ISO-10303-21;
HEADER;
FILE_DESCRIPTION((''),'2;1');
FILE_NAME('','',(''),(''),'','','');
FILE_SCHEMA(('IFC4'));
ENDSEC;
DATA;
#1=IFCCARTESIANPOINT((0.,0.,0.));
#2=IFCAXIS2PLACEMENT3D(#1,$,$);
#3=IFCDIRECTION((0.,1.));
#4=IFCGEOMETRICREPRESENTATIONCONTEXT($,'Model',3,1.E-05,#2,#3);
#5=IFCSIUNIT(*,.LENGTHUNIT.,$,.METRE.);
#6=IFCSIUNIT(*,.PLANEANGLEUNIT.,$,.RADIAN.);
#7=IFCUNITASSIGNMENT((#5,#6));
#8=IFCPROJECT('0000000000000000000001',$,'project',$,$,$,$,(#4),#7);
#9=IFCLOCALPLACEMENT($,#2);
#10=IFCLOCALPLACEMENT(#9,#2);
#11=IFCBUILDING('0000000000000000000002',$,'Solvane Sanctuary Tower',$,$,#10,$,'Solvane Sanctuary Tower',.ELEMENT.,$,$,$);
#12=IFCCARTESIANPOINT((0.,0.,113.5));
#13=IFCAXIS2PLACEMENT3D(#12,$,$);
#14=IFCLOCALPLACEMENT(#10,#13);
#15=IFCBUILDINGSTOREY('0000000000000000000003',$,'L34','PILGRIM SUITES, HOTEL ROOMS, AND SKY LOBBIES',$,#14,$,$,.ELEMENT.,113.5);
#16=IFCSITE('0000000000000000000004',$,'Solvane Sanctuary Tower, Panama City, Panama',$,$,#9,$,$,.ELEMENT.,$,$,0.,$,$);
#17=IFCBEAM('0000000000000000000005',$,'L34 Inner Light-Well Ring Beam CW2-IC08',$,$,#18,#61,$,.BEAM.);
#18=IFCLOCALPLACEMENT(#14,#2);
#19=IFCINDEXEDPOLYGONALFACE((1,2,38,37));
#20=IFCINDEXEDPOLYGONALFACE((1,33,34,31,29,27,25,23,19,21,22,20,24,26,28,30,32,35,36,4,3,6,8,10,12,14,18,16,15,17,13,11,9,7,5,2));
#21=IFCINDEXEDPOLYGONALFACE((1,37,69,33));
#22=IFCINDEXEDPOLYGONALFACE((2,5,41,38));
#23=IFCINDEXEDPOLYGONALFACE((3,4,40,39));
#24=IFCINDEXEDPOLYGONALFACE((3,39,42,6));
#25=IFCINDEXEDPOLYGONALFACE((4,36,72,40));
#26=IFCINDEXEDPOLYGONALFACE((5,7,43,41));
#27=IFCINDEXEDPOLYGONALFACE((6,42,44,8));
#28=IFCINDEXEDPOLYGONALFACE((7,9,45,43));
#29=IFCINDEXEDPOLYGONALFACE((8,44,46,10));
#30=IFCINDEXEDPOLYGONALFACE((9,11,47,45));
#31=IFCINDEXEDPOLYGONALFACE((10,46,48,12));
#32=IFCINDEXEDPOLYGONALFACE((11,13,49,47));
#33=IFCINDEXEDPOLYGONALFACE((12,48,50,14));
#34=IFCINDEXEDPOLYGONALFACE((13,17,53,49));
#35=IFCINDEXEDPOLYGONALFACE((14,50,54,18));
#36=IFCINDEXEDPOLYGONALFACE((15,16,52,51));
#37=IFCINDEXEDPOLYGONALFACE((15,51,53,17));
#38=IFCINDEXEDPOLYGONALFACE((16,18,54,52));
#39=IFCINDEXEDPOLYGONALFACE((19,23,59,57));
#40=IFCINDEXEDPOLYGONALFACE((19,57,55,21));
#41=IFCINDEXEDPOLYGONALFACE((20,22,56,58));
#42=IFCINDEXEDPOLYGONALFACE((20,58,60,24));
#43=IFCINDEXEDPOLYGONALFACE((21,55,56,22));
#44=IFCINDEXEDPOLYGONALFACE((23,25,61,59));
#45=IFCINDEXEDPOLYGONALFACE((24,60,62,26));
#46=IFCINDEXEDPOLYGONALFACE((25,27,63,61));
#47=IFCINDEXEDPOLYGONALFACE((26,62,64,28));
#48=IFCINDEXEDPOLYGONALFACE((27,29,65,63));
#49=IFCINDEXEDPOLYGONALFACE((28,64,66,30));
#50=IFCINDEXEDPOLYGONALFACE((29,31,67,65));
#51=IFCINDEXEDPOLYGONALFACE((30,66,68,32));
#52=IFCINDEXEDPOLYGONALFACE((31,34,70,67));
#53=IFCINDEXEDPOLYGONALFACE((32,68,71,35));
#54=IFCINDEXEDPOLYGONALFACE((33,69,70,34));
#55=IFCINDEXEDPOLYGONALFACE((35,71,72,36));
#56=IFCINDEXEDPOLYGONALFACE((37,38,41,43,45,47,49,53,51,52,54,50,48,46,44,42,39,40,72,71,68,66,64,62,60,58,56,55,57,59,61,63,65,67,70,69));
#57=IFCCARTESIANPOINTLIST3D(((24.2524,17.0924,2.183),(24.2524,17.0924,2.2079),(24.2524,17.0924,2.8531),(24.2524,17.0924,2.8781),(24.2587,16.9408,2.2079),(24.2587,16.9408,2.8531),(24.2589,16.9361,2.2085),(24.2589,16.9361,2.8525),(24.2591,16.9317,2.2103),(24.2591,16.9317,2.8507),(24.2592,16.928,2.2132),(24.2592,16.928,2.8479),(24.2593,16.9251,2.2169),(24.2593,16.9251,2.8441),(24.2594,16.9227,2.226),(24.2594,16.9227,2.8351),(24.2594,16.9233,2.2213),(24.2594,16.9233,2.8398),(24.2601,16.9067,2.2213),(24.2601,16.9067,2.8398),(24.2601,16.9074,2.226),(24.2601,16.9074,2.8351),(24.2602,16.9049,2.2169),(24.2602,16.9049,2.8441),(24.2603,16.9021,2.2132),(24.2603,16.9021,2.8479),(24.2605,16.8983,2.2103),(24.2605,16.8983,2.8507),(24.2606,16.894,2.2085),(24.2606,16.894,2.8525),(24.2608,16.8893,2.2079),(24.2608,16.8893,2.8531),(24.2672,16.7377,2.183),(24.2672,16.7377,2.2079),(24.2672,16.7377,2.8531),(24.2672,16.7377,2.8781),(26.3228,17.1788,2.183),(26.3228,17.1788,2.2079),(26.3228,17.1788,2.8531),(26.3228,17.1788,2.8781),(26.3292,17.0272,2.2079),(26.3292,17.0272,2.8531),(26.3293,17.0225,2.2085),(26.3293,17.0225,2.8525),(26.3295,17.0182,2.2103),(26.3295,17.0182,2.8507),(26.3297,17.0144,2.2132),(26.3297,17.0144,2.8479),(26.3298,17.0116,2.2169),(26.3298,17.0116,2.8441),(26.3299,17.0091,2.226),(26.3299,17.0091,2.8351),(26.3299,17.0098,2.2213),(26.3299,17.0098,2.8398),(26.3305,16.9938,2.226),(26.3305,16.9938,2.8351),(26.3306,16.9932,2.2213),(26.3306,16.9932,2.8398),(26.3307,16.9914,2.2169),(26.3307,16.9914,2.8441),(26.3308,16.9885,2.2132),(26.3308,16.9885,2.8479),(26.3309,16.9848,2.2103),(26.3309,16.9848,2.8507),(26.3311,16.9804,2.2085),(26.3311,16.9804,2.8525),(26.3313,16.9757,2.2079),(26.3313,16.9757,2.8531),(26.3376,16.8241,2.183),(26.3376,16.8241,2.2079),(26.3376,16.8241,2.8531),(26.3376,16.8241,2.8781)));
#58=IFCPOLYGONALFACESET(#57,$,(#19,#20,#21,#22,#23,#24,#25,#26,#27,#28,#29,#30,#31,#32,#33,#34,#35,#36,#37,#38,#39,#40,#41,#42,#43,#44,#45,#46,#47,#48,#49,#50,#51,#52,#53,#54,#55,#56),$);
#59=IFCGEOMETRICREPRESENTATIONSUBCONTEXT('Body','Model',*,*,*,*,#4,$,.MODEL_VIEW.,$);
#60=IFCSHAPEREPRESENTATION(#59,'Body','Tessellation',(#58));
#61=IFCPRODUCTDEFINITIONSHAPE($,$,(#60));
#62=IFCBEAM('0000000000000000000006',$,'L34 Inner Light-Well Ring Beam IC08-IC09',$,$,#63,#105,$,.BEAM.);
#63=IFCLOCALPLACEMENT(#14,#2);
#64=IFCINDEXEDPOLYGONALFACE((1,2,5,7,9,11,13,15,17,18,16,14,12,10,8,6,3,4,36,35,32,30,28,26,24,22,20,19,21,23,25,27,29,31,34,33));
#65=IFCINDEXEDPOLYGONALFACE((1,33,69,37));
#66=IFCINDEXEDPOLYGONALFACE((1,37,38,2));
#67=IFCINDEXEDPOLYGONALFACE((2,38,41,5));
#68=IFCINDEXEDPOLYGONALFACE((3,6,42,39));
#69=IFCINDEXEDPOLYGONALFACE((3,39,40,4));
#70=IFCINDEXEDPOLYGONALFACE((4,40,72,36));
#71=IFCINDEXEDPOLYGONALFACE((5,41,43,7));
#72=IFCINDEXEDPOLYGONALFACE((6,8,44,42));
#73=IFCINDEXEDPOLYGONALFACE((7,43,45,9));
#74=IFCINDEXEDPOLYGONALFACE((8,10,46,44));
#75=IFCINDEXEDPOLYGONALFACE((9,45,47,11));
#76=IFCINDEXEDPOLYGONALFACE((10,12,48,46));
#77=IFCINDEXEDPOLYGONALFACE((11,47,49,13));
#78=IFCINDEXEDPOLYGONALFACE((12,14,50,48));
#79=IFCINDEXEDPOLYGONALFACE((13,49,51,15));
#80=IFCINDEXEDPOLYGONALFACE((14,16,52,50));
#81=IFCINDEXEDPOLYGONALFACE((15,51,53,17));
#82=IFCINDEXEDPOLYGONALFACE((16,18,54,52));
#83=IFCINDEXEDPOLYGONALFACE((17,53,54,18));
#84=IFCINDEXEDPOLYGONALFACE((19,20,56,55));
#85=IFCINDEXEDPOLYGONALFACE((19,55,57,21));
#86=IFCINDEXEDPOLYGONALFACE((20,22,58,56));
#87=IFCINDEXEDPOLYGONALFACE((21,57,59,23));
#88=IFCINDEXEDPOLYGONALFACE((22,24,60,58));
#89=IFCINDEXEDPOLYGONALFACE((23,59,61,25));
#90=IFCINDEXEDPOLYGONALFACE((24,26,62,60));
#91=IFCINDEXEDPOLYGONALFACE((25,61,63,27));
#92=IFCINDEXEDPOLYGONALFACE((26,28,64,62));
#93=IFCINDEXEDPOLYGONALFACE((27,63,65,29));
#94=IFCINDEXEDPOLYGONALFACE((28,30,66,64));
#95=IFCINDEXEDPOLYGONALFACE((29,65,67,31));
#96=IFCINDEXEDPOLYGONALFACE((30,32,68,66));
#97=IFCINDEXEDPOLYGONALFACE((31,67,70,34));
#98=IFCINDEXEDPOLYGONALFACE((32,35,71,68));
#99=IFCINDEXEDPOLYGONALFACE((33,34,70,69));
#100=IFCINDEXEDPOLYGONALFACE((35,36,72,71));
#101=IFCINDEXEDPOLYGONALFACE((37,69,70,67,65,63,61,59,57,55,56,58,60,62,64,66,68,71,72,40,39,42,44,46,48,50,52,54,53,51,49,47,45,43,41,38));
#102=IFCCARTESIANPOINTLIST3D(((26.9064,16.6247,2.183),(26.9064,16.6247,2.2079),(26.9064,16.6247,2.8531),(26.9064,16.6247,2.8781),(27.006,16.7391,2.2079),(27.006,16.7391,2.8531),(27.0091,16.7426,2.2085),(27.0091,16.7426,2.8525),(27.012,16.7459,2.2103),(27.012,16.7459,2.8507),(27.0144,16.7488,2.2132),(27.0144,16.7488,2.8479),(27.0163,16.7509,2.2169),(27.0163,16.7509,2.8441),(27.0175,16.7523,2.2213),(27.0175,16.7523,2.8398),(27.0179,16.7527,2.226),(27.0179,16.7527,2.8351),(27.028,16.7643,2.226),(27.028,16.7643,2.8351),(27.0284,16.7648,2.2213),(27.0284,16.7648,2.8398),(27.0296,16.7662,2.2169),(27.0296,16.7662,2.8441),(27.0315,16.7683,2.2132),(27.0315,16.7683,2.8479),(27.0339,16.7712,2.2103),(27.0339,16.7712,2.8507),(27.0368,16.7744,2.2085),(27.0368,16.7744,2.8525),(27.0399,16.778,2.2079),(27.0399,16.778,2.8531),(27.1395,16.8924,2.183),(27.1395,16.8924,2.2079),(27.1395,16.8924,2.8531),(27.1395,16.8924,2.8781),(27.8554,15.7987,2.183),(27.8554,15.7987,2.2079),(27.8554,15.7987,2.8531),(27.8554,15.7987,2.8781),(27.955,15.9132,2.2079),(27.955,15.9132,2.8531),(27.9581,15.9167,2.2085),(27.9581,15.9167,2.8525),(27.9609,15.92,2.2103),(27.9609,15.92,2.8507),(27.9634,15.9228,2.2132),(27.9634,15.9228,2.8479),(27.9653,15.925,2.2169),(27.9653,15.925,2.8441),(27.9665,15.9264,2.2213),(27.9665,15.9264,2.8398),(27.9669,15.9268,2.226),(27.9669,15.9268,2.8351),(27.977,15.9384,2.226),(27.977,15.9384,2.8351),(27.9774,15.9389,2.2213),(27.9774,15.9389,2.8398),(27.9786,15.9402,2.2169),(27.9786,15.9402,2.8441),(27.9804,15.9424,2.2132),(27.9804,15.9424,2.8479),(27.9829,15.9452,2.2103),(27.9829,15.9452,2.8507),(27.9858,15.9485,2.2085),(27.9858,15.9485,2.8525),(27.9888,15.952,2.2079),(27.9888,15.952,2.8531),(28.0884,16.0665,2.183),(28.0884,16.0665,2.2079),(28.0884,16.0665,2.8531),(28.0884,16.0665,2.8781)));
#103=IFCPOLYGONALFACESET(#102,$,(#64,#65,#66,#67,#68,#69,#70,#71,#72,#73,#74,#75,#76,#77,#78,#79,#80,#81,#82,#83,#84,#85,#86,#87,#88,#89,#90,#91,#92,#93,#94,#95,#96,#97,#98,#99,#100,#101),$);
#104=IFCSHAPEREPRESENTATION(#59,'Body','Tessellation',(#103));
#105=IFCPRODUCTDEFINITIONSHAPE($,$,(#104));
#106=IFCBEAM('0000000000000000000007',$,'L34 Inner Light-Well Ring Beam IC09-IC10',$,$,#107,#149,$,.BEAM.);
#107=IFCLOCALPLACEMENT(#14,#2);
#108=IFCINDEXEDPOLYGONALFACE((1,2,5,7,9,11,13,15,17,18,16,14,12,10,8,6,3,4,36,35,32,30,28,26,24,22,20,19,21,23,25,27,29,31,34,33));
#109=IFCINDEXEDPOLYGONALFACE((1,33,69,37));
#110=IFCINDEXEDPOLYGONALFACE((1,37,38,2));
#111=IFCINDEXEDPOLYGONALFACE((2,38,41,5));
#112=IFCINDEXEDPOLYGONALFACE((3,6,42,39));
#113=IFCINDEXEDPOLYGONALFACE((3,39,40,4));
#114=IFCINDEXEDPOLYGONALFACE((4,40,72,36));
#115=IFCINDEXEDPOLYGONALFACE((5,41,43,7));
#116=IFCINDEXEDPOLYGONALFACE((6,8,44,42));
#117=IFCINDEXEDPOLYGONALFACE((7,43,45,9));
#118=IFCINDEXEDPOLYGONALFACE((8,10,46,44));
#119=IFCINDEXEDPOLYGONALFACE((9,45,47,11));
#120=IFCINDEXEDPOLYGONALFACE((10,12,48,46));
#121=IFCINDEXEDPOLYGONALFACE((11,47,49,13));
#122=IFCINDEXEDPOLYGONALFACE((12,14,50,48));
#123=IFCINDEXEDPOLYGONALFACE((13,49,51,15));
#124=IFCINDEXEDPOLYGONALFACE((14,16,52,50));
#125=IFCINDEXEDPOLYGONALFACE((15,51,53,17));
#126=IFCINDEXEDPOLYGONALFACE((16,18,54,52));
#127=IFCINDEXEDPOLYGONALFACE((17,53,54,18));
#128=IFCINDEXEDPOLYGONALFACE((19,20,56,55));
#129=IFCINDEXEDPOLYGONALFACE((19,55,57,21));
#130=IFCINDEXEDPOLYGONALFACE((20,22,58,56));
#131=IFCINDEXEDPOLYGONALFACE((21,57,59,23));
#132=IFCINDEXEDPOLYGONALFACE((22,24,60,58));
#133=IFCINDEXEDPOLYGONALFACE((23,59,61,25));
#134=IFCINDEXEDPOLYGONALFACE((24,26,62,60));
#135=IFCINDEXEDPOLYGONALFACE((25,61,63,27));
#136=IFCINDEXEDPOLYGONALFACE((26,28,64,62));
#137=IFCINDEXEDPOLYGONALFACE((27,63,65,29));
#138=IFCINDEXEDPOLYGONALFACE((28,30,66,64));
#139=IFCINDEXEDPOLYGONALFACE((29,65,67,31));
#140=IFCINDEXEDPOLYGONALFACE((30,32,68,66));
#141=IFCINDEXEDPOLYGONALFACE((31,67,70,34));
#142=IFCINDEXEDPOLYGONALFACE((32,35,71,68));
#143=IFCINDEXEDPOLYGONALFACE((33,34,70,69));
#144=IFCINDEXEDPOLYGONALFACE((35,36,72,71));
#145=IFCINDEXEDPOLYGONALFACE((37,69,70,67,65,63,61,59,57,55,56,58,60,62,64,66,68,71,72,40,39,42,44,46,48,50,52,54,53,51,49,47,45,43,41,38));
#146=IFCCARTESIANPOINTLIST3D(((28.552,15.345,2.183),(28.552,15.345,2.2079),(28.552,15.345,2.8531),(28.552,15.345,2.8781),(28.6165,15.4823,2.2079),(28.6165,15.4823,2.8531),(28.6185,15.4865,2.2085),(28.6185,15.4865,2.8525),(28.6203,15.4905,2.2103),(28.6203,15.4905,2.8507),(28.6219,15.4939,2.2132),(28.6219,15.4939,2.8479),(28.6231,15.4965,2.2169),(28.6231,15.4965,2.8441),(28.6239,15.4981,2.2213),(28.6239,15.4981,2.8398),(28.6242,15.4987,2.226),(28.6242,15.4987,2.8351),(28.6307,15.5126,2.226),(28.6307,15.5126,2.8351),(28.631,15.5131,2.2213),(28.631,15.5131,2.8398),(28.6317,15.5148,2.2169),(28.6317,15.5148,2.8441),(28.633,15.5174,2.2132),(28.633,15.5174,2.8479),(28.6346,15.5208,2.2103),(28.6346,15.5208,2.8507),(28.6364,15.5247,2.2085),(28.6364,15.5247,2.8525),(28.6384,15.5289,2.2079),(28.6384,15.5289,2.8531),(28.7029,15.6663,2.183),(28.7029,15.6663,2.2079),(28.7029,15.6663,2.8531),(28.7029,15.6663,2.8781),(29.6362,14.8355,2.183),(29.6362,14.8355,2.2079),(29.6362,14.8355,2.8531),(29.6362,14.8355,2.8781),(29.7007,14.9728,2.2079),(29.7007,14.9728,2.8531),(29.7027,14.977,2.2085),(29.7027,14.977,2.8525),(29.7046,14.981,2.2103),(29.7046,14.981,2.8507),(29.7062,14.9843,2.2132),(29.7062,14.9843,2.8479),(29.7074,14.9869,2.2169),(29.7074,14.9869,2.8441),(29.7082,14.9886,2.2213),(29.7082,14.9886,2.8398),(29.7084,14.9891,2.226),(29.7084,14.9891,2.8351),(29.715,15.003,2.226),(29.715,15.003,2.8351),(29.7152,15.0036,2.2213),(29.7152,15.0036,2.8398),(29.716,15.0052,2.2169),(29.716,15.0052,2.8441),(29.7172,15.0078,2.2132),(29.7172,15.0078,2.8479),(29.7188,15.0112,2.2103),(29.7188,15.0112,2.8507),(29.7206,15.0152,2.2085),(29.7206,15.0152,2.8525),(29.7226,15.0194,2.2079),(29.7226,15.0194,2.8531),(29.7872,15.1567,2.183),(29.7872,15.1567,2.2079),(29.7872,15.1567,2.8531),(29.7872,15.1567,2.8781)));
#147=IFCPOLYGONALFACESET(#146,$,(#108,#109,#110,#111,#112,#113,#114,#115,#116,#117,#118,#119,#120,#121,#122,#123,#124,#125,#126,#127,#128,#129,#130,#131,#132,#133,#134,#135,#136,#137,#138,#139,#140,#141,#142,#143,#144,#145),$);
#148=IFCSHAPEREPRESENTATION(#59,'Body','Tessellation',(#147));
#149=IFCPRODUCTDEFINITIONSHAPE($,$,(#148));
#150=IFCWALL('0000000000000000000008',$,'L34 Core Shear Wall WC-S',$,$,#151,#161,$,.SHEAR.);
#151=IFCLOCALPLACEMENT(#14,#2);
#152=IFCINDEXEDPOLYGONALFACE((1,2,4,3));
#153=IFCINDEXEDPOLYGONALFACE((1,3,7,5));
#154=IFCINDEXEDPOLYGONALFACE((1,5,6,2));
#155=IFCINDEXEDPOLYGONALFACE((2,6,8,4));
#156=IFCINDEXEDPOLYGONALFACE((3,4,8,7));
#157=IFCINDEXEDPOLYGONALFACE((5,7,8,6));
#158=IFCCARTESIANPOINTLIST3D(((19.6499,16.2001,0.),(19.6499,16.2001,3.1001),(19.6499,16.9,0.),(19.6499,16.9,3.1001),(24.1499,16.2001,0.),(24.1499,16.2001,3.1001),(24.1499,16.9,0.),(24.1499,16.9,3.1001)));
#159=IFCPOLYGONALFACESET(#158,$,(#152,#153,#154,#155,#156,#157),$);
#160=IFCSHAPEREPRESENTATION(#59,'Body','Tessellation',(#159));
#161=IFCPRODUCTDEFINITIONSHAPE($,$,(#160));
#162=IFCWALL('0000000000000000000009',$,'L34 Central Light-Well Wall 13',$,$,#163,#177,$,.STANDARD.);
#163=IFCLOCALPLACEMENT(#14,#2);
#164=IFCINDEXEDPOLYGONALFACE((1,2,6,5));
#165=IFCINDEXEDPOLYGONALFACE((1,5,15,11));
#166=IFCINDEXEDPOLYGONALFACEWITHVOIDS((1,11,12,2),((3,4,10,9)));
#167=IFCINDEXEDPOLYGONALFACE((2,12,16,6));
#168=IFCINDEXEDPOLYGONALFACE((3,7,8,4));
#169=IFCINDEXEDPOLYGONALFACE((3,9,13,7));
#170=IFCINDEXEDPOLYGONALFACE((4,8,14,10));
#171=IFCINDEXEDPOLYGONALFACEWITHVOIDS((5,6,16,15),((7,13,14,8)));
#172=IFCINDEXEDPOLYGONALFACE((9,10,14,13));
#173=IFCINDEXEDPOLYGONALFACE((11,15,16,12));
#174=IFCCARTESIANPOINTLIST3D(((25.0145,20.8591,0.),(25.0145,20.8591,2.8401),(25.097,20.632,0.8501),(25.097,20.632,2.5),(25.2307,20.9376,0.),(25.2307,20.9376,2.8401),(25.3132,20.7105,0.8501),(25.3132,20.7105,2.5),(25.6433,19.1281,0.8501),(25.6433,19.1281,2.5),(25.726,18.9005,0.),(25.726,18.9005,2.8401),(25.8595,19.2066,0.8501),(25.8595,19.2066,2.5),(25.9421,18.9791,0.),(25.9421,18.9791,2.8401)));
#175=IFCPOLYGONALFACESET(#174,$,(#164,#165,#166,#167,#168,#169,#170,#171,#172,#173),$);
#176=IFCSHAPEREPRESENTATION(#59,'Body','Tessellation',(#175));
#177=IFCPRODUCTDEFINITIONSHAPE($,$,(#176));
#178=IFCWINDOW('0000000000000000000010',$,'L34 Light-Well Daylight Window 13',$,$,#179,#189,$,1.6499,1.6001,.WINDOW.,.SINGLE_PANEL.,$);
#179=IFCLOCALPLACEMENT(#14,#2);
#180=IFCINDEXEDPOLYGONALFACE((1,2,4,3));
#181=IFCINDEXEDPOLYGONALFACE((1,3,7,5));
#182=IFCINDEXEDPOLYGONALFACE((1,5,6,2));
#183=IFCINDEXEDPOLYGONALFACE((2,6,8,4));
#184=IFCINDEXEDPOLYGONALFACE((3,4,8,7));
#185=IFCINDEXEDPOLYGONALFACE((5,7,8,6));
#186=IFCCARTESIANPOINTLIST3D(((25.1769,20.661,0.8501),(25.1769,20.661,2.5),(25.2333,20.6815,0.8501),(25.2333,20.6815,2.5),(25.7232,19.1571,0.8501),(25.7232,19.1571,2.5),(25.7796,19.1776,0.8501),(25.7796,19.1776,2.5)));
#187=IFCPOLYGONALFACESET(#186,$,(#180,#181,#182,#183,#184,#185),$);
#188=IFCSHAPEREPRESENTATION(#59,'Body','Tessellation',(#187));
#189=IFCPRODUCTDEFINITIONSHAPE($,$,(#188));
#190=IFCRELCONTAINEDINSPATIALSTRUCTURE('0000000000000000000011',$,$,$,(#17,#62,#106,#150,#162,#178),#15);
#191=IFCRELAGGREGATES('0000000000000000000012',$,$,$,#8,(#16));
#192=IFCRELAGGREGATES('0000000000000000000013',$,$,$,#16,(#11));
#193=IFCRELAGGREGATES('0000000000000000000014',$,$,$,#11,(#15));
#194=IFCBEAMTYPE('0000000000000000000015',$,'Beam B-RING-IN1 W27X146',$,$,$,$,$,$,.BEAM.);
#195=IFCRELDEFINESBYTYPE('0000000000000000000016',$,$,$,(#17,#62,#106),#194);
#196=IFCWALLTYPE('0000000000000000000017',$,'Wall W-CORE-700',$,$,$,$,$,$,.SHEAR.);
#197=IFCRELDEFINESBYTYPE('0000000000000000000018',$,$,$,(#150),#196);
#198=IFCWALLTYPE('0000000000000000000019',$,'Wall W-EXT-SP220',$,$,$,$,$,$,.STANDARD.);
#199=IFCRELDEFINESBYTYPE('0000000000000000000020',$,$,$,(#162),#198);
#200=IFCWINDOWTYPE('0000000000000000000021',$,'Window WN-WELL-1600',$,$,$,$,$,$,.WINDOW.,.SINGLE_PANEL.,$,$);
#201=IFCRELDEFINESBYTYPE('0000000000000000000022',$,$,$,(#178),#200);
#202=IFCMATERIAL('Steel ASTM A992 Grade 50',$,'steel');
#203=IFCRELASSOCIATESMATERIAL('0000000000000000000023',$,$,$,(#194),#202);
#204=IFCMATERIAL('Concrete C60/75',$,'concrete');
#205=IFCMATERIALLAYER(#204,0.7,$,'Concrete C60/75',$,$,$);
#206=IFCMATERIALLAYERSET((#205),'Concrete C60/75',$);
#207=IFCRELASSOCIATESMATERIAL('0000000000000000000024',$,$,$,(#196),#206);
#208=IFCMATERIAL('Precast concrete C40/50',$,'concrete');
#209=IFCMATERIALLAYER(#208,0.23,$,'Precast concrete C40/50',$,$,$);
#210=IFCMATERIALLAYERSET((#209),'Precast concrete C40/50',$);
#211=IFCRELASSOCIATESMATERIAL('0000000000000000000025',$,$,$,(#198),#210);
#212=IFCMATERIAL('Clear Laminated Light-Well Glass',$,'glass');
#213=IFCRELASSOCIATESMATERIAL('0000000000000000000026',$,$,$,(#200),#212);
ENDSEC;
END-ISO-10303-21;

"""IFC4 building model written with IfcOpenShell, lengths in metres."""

from ifc_helpers import new_model, si_unit, direction, frame, frame_2d, origin, origin_2d, place, context, subcontext, project, spatial, rectangle, i_section, extrude, material, layer, layer_set, material_profile, profile_set, type_object, element, fill, save


model = new_model("IFC4")

# Units and contexts
model_context = context("Model", 3, precision=1e-05, world=origin(), true_north=direction((0.0, 1.0)))
body_context = subcontext(model_context, "Body", "Model", "MODEL_VIEW")
ifc_project = project(units=[si_unit("LENGTHUNIT", "METRE"), si_unit("PLANEANGLEUNIT", "RADIAN")], contexts=[model_context])

# Site, building, storey
site_placement = place(None, origin())
site = spatial("IfcSite", under=ifc_project, at=site_placement, Name="Solvane Sanctuary Tower, Panama City, Panama", CompositionType="ELEMENT", RefElevation=0.0)
building_placement = place(site_placement, origin())
building = spatial("IfcBuilding", under=site, at=building_placement, Name="Solvane Sanctuary Tower", LongName="Solvane Sanctuary Tower", CompositionType="ELEMENT")
storey_placement = place(building_placement, frame((0.0, 0.0, 113.5)))
storey = spatial("IfcBuildingStorey", under=building, at=storey_placement, Name="L34", Description="PILGRIM SUITES, HOTEL ROOMS, AND SKY LOBBIES", CompositionType="ELEMENT", Elevation=113.5)

# Shared definitions
ifc_material_1 = material(Name="Concrete C60/75", Category="concrete")

# Beams
ifc_material_2 = material(Name="Steel ASTM A992 Grade 50", Category="steel")
ifc_material_profile_1 = material_profile(ifc_material_2, i_section(OverallWidth=0.355, OverallDepth=0.6951, WebThickness=0.0154, FlangeThickness=0.0249, FilletRadius=0.0181, at=origin_2d()), Name="W27X146")
ifc_profile_set_1 = profile_set([ifc_material_profile_1], Name="Steel ASTM A992 Grade 50")
beam_type_1 = type_object("IfcBeamType", Name="Beam B-RING-IN1 W27X146", PredefinedType="BEAM", material=ifc_profile_set_1)
beam_1_placement = place(storey_placement, frame((24.2598, 16.915, 2.5305), z_axis=(0.99913, 0.041704, 0.0), x_axis=(-0.041704, 0.99913, 0.0)))
element("IfcBeam", 1, at=beam_1_placement, inside=storey, type_object=beam_type_1, Name="L34 Inner Light-Well Ring Beam CW2-IC08", PredefinedType="BEAM", context=body_context, shape_type="SweptSolid", body=[
    extrude(i_section(OverallWidth=0.355, OverallDepth=0.6951, WebThickness=0.0154, FlangeThickness=0.0249, FilletRadius=0.0181, at=origin_2d()), origin(), (0.0, 0.0, 1.0), 2.0723),
])
beam_2_placement = place(storey_placement, frame((27.0229, 16.7585, 2.5305), z_axis=(0.754317, -0.65651, 0.0), x_axis=(0.65651, 0.754317, 0.0)))
element("IfcBeam", 2, at=beam_2_placement, inside=storey, type_object=beam_type_1, Name="L34 Inner Light-Well Ring Beam IC08-IC09", PredefinedType="BEAM", context=body_context, shape_type="SweptSolid", body=[
    extrude(i_section(OverallWidth=0.355, OverallDepth=0.6951, WebThickness=0.0154, FlangeThickness=0.0249, FilletRadius=0.0181, at=origin_2d()), origin(), (0.0, 0.0, 1.0), 1.2581),
])
beam_3_placement = place(storey_placement, frame((28.6274, 15.5056, 2.5305), z_axis=(0.905045, -0.425316, 0.0), x_axis=(0.425316, 0.905045, 0.0)))
element("IfcBeam", 3, at=beam_3_placement, inside=storey, type_object=beam_type_1, Name="L34 Inner Light-Well Ring Beam IC09-IC10", PredefinedType="BEAM", context=body_context, shape_type="SweptSolid", body=[
    extrude(i_section(OverallWidth=0.355, OverallDepth=0.6951, WebThickness=0.0154, FlangeThickness=0.0249, FilletRadius=0.0181, at=origin_2d()), origin(), (0.0, 0.0, 1.0), 1.198),
])

# Wall
ifc_layer_1 = layer(ifc_material_1, 0.7, Name="Concrete C60/75")
ifc_layer_set_1 = layer_set([ifc_layer_1], Name="Concrete C60/75")
wall_type_1 = type_object("IfcWallType", Name="Wall W-CORE-700", PredefinedType="SHEAR", material=ifc_layer_set_1)
wall_1_placement = place(storey_placement, frame((19.6499, 16.55, 0.0), z_axis=(0.0, 0.0, 1.0), x_axis=(1.0, 0.0, 0.0)))
element("IfcWall", 4, at=wall_1_placement, inside=storey, type_object=wall_type_1, Name="L34 Core Shear Wall WC-S", PredefinedType="SHEAR", context=body_context, shape_type="SweptSolid", body=[
    extrude(rectangle(XDim=4.5, YDim=0.7, at=frame_2d((2.25, 0.0))), origin(), (0.0, 0.0, 1.0), 3.1001),
])

# Wall, opening, window
ifc_material_3 = material(Name="Precast concrete C40/50", Category="concrete")
ifc_layer_2 = layer(ifc_material_3, 0.23, Name="Precast concrete C40/50")
ifc_layer_set_2 = layer_set([ifc_layer_2], Name="Precast concrete C40/50")
wall_type_2 = type_object("IfcWallType", Name="Wall W-EXT-SP220", PredefinedType="STANDARD", material=ifc_layer_set_2)
wall_2_placement = place(storey_placement, frame((25.1226, 20.8984, 0.0), z_axis=(0.0, 0.0, 1.0), x_axis=(0.341423, -0.93991, 0.0)))
wall_2 = element("IfcWall", 5, at=wall_2_placement, inside=storey, type_object=wall_type_2, Name="L34 Central Light-Well Wall 13", PredefinedType="STANDARD", context=body_context, shape_type="SweptSolid", body=[
    extrude(rectangle(XDim=2.0837, YDim=0.23, at=frame_2d((1.042, 0.0))), origin(), (0.0, 0.0, 1.0), 2.8401),
])
opening_1_placement = place(wall_2_placement, frame((0.2417, 0.0, 0.8501)))
opening_1 = element("IfcOpeningElement", 6, at=opening_1_placement, cuts=wall_2, PredefinedType="OPENING", context=body_context, shape_type="SweptSolid", body=[
    extrude(rectangle(XDim=1.6001, YDim=1.6499, at=frame_2d((0.8, 0.825))), frame((0.0, 0.125, 0.0), z_axis=(0.0, -1.0, 0.0), x_axis=(1.0, 0.0, 0.0)), (0.0, 0.0, 1.0), 0.25),
])
ifc_material_4 = material(Name="Clear Laminated Light-Well Glass", Category="glass")
window_type = type_object("IfcWindowType", Name="Window WN-WELL-1600", PartitioningType="SINGLE_PANEL", PredefinedType="WINDOW", material=ifc_material_4)
window_placement = place(opening_1_placement, origin())
window = element("IfcWindow", 7, at=window_placement, inside=storey, type_object=window_type, Name="L34 Light-Well Daylight Window 13", OverallHeight=1.6499, OverallWidth=1.6001, PartitioningType="SINGLE_PANEL", PredefinedType="WINDOW", context=body_context, shape_type="SweptSolid", body=[
    extrude(rectangle(XDim=1.6001, YDim=1.6499, at=frame_2d((0.8, 0.825))), frame((0.0, 0.03, 0.0), z_axis=(0.0, -1.0, 0.0), x_axis=(1.0, 0.0, 0.0)), (0.0, 0.0, 1.0), 0.0601),
])
fill(opening_1, window)

save(model, "model.ifc")
